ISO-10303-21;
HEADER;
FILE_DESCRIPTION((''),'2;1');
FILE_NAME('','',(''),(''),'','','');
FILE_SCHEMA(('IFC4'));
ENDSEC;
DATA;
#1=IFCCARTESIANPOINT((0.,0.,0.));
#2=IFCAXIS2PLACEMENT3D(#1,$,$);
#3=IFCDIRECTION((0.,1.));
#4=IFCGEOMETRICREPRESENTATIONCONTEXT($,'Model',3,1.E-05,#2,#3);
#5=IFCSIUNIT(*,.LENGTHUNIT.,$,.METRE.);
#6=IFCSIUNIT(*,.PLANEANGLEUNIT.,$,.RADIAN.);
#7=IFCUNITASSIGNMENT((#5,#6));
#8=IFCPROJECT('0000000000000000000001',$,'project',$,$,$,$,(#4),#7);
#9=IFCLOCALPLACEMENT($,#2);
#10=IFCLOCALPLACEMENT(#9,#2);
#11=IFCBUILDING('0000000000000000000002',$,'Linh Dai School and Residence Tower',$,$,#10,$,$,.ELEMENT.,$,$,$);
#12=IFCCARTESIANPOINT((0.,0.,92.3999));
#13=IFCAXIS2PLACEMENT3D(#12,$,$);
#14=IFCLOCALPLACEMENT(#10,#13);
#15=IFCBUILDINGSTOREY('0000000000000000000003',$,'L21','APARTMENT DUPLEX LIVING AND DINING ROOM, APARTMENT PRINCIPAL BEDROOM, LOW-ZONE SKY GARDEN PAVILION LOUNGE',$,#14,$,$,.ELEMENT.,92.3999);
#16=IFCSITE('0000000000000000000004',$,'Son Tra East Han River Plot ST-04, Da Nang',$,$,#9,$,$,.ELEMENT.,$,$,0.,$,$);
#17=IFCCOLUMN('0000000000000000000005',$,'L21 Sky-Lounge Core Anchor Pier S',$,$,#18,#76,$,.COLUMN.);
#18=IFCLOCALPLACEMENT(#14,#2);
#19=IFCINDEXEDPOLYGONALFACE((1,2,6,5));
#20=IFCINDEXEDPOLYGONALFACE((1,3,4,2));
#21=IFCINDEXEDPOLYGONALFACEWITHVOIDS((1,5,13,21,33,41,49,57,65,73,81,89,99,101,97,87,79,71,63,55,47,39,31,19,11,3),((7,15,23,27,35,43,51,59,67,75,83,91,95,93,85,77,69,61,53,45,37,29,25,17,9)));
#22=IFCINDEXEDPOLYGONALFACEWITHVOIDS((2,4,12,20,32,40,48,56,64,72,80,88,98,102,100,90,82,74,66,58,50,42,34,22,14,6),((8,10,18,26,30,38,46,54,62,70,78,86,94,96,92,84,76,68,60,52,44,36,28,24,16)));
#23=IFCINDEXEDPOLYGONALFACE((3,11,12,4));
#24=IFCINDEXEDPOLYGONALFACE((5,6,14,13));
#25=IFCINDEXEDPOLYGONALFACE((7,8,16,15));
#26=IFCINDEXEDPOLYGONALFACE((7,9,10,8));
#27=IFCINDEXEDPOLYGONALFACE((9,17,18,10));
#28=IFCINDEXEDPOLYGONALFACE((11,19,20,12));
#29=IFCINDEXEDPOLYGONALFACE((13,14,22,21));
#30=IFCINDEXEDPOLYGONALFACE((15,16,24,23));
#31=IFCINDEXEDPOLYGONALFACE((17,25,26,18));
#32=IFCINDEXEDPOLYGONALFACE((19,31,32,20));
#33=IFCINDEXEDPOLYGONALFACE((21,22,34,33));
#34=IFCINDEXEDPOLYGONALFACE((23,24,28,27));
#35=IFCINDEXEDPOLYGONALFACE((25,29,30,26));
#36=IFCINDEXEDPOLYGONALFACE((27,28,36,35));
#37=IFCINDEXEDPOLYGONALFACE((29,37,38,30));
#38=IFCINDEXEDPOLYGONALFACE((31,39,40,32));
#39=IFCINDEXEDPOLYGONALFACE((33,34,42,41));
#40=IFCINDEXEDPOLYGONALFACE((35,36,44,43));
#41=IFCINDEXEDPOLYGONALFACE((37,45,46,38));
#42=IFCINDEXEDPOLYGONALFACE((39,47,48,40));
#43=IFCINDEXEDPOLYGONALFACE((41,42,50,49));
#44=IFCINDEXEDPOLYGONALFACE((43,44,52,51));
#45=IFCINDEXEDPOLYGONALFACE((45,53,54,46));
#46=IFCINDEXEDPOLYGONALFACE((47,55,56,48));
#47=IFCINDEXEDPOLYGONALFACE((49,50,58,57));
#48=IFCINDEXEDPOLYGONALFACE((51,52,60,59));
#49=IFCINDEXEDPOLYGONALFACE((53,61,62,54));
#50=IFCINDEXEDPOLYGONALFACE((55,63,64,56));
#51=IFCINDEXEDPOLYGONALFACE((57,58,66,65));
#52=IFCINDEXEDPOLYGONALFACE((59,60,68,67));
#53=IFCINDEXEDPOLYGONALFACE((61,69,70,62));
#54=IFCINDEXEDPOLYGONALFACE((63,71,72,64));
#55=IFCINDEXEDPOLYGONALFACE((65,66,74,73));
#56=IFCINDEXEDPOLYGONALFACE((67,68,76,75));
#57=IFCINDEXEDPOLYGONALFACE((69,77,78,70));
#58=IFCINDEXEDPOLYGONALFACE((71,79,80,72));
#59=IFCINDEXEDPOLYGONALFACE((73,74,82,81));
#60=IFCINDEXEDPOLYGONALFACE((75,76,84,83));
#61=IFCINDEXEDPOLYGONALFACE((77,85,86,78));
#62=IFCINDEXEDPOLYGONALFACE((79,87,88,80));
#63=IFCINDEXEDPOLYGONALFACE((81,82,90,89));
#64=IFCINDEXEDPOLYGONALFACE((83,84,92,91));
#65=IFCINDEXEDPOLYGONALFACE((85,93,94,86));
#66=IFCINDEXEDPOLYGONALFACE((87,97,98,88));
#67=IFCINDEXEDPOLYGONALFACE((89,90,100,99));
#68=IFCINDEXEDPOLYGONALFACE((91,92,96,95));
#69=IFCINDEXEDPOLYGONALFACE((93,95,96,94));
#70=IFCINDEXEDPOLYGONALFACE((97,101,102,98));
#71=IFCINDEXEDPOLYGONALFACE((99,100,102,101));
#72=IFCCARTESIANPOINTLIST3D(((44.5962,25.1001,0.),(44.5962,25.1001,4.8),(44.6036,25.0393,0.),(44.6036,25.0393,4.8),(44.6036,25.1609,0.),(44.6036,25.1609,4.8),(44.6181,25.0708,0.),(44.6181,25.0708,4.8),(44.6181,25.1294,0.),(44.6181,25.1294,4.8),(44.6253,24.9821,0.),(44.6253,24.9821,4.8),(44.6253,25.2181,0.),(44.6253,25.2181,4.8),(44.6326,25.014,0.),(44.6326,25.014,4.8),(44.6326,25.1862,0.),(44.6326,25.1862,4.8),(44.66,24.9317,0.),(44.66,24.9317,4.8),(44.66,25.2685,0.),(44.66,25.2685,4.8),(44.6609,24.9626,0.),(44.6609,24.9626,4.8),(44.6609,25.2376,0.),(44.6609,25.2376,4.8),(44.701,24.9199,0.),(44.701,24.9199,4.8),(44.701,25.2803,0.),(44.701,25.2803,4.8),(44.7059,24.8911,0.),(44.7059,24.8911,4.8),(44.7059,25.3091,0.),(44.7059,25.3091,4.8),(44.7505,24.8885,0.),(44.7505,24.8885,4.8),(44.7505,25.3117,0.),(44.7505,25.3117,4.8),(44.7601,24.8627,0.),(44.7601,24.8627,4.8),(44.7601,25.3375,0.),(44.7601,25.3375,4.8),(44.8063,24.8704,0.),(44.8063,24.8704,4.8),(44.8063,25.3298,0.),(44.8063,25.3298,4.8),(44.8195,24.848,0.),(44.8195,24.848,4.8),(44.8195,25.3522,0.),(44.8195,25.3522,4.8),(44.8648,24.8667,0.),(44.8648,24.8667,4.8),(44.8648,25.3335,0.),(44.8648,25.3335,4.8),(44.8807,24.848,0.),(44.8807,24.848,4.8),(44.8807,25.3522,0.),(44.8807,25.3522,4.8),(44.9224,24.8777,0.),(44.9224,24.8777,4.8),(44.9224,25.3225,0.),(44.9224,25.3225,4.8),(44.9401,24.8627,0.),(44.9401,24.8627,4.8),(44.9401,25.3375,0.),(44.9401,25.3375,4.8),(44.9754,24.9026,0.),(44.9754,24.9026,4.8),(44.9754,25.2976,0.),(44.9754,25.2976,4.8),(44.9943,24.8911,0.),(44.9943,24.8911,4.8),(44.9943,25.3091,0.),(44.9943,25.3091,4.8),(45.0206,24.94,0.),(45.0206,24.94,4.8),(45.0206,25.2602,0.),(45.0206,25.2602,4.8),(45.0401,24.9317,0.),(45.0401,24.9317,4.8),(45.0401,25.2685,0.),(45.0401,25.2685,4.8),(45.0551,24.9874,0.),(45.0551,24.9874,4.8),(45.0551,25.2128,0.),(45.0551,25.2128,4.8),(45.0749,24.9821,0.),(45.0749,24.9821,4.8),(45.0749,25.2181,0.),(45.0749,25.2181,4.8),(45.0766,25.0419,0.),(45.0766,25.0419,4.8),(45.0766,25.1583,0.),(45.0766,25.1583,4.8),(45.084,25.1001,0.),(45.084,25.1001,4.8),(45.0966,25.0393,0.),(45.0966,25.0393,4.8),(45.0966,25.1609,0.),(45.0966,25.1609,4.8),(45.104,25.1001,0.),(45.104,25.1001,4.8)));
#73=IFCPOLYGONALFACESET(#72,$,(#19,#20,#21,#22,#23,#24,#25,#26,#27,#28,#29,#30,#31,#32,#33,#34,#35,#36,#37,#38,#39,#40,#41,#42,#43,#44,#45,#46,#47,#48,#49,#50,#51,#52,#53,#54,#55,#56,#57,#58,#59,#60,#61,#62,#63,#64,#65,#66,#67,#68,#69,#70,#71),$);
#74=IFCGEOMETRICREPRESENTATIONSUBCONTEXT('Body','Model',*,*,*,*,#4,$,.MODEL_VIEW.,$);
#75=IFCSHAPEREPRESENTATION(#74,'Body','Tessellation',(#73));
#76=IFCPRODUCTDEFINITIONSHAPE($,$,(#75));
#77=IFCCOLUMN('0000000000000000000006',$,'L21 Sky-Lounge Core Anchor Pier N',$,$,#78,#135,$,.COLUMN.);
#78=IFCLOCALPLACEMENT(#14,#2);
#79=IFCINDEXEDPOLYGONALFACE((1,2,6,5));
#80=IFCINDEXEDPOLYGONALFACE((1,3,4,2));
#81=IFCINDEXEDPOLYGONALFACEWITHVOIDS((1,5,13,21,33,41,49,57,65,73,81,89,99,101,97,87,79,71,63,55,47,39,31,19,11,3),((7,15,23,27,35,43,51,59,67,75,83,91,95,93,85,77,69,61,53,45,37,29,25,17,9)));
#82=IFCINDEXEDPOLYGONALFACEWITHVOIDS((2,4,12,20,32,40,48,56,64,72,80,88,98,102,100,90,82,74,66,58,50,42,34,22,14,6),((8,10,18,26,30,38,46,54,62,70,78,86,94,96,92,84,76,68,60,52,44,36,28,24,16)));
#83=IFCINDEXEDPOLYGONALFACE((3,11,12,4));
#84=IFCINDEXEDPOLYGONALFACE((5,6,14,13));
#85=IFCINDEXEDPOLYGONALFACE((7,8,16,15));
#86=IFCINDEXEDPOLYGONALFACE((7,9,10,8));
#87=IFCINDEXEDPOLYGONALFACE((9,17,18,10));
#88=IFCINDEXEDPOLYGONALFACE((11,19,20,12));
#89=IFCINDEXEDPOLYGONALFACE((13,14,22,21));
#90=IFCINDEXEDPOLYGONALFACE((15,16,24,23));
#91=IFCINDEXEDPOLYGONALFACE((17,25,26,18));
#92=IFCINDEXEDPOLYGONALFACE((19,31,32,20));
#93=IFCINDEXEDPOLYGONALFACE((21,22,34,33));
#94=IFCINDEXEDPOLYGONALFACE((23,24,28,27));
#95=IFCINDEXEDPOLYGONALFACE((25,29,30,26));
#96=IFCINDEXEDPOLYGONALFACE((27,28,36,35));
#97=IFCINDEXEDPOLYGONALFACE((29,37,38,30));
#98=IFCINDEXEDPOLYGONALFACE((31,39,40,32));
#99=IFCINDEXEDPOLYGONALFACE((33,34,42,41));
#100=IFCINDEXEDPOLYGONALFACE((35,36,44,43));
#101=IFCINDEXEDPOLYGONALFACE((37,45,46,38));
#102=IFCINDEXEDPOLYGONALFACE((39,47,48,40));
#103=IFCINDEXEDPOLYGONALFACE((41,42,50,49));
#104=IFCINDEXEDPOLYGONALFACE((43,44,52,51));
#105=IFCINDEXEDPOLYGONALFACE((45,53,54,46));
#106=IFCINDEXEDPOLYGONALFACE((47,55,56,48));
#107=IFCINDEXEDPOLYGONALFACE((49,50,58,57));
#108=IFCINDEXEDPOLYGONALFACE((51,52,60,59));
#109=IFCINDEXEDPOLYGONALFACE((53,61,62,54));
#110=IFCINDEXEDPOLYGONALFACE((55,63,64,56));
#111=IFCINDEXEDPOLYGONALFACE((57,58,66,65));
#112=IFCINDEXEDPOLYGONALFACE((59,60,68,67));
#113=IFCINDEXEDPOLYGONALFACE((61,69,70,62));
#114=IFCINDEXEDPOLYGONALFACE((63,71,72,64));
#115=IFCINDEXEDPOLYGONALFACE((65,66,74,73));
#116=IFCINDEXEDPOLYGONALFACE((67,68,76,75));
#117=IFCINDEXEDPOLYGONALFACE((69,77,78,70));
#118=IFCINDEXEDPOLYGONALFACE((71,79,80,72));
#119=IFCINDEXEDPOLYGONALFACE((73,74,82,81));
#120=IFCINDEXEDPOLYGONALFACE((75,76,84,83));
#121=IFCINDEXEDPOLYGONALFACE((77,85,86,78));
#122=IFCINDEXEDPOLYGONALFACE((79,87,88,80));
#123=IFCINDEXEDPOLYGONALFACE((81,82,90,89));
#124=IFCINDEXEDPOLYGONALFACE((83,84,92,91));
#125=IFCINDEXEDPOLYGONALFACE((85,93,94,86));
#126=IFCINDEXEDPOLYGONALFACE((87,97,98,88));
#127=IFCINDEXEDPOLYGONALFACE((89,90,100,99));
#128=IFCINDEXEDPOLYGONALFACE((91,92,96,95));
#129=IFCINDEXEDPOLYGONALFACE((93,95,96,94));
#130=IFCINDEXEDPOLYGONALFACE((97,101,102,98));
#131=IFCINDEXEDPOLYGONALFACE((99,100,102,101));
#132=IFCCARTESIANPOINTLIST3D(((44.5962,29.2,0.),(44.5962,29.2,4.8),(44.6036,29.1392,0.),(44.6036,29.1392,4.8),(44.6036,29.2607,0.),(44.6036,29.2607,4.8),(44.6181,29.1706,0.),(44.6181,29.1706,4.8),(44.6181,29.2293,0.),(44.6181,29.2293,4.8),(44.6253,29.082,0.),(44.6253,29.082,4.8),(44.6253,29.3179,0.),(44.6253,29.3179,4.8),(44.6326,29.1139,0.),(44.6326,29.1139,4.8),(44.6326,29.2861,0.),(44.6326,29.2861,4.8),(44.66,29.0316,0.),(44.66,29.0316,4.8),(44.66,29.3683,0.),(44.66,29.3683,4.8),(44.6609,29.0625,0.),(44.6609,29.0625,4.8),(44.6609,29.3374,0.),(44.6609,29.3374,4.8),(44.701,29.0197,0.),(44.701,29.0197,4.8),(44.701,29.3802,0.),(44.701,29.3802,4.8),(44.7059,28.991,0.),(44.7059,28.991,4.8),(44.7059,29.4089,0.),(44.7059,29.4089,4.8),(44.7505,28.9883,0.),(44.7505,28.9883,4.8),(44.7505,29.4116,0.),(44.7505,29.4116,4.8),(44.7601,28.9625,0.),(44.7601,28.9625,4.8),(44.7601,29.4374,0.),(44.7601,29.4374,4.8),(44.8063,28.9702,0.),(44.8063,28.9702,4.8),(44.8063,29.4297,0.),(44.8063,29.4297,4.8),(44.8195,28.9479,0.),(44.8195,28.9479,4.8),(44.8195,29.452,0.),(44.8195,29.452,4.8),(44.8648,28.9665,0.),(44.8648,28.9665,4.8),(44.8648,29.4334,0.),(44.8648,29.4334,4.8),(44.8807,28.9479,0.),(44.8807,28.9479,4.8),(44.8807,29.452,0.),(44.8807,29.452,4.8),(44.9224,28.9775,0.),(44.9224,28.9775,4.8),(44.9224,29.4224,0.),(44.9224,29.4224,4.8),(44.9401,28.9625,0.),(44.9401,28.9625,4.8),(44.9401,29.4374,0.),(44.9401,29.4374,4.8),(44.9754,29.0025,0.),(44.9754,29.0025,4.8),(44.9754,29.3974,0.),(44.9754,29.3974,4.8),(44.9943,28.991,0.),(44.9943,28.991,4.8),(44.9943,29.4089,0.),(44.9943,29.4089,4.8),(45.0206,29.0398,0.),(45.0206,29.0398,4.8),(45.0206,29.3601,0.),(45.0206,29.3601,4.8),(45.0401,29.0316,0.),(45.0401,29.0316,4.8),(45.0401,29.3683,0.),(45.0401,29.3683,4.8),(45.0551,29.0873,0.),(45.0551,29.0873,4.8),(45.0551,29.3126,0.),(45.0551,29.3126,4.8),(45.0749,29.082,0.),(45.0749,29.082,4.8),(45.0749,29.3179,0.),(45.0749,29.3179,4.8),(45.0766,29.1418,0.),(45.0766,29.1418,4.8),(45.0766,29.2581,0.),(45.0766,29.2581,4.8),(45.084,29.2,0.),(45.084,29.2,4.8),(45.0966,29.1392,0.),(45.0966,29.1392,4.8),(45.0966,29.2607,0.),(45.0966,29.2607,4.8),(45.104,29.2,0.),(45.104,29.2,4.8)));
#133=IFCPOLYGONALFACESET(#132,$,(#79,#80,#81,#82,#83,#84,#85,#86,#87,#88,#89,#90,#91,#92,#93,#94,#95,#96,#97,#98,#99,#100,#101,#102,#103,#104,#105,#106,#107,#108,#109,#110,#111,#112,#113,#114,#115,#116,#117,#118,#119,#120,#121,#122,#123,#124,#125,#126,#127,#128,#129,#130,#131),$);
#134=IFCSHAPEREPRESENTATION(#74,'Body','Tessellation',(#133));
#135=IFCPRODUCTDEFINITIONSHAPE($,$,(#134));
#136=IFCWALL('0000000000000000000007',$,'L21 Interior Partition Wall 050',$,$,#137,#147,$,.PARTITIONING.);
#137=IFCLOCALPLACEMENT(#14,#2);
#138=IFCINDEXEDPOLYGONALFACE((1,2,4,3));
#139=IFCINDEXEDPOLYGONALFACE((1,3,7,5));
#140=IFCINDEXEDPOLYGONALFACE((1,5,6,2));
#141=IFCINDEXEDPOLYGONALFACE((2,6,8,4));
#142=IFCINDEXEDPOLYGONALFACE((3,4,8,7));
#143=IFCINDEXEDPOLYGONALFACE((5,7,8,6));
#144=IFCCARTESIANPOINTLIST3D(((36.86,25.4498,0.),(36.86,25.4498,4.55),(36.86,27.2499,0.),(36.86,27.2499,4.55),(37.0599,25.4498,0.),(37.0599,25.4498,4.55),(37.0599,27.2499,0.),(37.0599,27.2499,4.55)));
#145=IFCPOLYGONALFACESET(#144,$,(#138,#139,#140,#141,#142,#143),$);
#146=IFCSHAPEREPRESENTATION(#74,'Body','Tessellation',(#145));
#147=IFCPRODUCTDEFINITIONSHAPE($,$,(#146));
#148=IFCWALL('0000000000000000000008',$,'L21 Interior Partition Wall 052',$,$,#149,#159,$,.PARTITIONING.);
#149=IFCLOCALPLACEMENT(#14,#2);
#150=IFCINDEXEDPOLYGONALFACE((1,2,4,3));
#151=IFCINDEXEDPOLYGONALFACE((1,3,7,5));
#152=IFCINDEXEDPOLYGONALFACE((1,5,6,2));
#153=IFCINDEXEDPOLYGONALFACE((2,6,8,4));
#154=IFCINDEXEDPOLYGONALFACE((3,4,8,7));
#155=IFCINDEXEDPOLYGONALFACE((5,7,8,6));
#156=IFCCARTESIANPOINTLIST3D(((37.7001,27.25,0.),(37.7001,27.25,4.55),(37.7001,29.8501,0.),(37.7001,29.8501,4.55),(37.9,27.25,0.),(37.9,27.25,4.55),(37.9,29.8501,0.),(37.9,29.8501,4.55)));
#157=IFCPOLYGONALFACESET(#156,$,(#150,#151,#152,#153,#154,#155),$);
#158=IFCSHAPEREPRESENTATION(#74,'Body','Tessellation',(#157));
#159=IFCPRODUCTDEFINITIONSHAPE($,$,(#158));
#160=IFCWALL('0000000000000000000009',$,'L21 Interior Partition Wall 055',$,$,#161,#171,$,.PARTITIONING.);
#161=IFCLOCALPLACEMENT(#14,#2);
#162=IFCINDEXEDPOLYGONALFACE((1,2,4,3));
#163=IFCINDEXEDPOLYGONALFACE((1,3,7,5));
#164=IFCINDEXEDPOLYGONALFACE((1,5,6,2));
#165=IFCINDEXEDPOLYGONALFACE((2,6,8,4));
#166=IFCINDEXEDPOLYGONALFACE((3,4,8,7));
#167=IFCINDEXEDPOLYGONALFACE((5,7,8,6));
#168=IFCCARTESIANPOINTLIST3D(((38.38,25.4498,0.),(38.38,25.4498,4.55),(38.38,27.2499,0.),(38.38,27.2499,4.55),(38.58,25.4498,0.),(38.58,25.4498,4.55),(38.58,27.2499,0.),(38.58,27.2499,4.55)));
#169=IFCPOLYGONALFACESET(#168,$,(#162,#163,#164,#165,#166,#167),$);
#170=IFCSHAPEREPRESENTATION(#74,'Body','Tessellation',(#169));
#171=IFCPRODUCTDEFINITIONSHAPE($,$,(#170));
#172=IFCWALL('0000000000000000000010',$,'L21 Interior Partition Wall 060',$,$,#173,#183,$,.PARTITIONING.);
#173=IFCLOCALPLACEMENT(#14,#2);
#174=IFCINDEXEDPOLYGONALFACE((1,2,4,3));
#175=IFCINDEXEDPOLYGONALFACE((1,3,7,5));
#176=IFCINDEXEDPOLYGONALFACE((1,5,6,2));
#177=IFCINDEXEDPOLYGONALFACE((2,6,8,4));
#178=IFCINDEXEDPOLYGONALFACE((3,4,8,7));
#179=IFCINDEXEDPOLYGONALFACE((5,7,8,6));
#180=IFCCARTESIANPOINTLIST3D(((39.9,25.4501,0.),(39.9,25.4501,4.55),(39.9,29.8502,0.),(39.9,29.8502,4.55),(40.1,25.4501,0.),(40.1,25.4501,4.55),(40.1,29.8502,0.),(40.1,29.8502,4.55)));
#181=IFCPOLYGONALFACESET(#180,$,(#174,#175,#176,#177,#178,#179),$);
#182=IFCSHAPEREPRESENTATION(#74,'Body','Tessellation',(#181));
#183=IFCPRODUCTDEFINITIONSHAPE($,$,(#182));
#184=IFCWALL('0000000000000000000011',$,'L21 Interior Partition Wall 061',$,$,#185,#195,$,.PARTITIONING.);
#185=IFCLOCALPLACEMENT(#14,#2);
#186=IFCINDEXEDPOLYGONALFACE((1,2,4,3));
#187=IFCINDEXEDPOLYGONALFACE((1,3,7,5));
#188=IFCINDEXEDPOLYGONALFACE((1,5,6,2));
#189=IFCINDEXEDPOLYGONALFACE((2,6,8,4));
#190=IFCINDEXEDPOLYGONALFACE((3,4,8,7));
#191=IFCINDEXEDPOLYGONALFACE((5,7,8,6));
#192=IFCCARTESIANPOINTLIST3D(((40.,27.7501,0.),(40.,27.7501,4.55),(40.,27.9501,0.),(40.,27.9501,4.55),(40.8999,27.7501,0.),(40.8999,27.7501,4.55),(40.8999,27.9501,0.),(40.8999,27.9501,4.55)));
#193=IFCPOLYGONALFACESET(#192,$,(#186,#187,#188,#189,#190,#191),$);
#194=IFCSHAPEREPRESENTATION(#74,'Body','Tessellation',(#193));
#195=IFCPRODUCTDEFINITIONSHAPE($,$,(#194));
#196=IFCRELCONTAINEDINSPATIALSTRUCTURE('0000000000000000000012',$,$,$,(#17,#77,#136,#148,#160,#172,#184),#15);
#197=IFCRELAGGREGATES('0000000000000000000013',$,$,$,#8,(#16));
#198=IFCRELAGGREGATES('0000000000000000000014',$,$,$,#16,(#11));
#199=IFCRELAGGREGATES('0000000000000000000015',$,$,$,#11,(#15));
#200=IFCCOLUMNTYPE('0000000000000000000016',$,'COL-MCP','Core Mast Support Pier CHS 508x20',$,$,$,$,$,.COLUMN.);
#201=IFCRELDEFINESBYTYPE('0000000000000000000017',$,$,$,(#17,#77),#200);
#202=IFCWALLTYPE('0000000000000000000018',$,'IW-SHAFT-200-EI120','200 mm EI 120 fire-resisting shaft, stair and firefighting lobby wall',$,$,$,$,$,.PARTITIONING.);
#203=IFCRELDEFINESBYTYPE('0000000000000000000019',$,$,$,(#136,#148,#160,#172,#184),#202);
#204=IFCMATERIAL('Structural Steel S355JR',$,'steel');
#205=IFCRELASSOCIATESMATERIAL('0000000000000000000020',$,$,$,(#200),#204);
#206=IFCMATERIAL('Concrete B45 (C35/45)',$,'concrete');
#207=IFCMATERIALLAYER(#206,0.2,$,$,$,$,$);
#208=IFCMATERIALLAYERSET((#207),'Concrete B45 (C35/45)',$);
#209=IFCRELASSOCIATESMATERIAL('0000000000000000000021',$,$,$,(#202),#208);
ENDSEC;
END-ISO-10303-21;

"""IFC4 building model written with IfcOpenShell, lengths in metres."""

from ifc_helpers import new_model, si_unit, direction, frame, frame_2d, origin, origin_2d, place, context, subcontext, project, spatial, rectangle, hollow_circle, extrude, material, layer, layer_set, material_profile, profile_set, type_object, element, save


model = new_model("IFC4")

# Units and contexts
model_context = context("Model", 3, precision=1e-05, world=origin(), true_north=direction((0.0, 1.0)))
body_context = subcontext(model_context, "Body", "Model", "MODEL_VIEW")
ifc_project = project(units=[si_unit("LENGTHUNIT", "METRE"), si_unit("PLANEANGLEUNIT", "RADIAN")], contexts=[model_context])

# Site, building, storey
site_placement = place(None, origin())
site = spatial("IfcSite", under=ifc_project, at=site_placement, Name="Son Tra East Han River Plot ST-04, Da Nang", CompositionType="ELEMENT", RefElevation=0.0)
building_placement = place(site_placement, origin())
building = spatial("IfcBuilding", under=site, at=building_placement, Name="Linh Dai School and Residence Tower", CompositionType="ELEMENT")
storey_placement = place(building_placement, frame((0.0, 0.0, 92.3999)))
storey = spatial("IfcBuildingStorey", under=building, at=storey_placement, Name="L21", Description="APARTMENT DUPLEX LIVING AND DINING ROOM, APARTMENT PRINCIPAL BEDROOM, LOW-ZONE SKY GARDEN PAVILION LOUNGE", CompositionType="ELEMENT", Elevation=92.3999)

# Columns
ifc_material_1 = material(Name="Structural Steel S355JR", Category="steel")
ifc_material_profile_1 = material_profile(ifc_material_1, hollow_circle(Radius=0.2539, WallThickness=0.02, at=origin_2d()), Name="CHS 508x20")
ifc_profile_set_1 = profile_set([ifc_material_profile_1], Name="Structural Steel S355JR")
column_type_1 = type_object("IfcColumnType", Name="COL-MCP", Description="Core Mast Support Pier CHS 508x20", PredefinedType="COLUMN", material=ifc_profile_set_1)
for number, where, z_axis, x_axis, name in (
    (1, (44.8501, 25.1001, 0.0), (0.0, 0.0, 1.0), (1.0, 0.0, 0.0), "L21 Sky-Lounge Core Anchor Pier S"),
    (2, (44.8501, 29.2, 0.0), (0.0, 0.0, 1.0), (1.0, 0.0, 0.0), "L21 Sky-Lounge Core Anchor Pier N"),
):
    element("IfcColumn", number, at=place(storey_placement, frame(where, z_axis=z_axis, x_axis=x_axis)), inside=storey, type_object=column_type_1, Name=name, PredefinedType="COLUMN", context=body_context, shape_type="SweptSolid", body=[
        extrude(hollow_circle(Radius=0.2539, WallThickness=0.02, at=origin_2d()), origin(), (0.0, 0.0, 1.0), 4.8),
    ])

# Walls
ifc_material_2 = material(Name="Concrete B45 (C35/45)", Category="concrete")
ifc_layer_1 = layer(ifc_material_2, 0.2)
ifc_layer_set_1 = layer_set([ifc_layer_1], Name="Concrete B45 (C35/45)")
wall_type_1 = type_object("IfcWallType", Name="IW-SHAFT-200-EI120", Description="200 mm EI 120 fire-resisting shaft, stair and firefighting lobby wall", PredefinedType="PARTITIONING", material=ifc_layer_set_1)
wall_1_placement = place(storey_placement, frame((36.96, 25.45, 0.0), z_axis=(0.0, 0.0, 1.0), x_axis=(0.0, 1.0, 0.0)))
element("IfcWall", 3, at=wall_1_placement, inside=storey, type_object=wall_type_1, Name="L21 Interior Partition Wall 050", PredefinedType="PARTITIONING", context=body_context, shape_type="SweptSolid", body=[
    extrude(rectangle(XDim=1.8, YDim=0.2, at=frame_2d((0.8999, 0.0))), origin(), (0.0, 0.0, 1.0), 4.55),
])
wall_2_placement = place(storey_placement, frame((37.8, 27.25, 0.0), z_axis=(0.0, 0.0, 1.0), x_axis=(0.0, 1.0, 0.0)))
element("IfcWall", 4, at=wall_2_placement, inside=storey, type_object=wall_type_1, Name="L21 Interior Partition Wall 052", PredefinedType="PARTITIONING", context=body_context, shape_type="SweptSolid", body=[
    extrude(rectangle(XDim=2.6001, YDim=0.2, at=frame_2d((1.3, 0.0))), origin(), (0.0, 0.0, 1.0), 4.55),
])
wall_3_placement = place(storey_placement, frame((38.48, 25.45, 0.0), z_axis=(0.0, 0.0, 1.0), x_axis=(0.0, 1.0, 0.0)))
element("IfcWall", 5, at=wall_3_placement, inside=storey, type_object=wall_type_1, Name="L21 Interior Partition Wall 055", PredefinedType="PARTITIONING", context=body_context, shape_type="SweptSolid", body=[
    extrude(rectangle(XDim=1.8, YDim=0.2, at=frame_2d((0.8999, 0.0))), origin(), (0.0, 0.0, 1.0), 4.55),
])
wall_4_placement = place(storey_placement, frame((40.0, 25.45, 0.0), z_axis=(0.0, 0.0, 1.0), x_axis=(0.0, 1.0, 0.0)))
element("IfcWall", 6, at=wall_4_placement, inside=storey, type_object=wall_type_1, Name="L21 Interior Partition Wall 060", PredefinedType="PARTITIONING", context=body_context, shape_type="SweptSolid", body=[
    extrude(rectangle(XDim=4.4001, YDim=0.2, at=frame_2d((2.2002, 0.0))), origin(), (0.0, 0.0, 1.0), 4.55),
])
wall_5_placement = place(storey_placement, frame((40.0, 27.8501, 0.0), z_axis=(0.0, 0.0, 1.0), x_axis=(1.0, 0.0, 0.0)))
element("IfcWall", 7, at=wall_5_placement, inside=storey, type_object=wall_type_1, Name="L21 Interior Partition Wall 061", PredefinedType="PARTITIONING", context=body_context, shape_type="SweptSolid", body=[
    extrude(rectangle(XDim=0.8999, YDim=0.2, at=frame_2d((0.45, 0.0))), origin(), (0.0, 0.0, 1.0), 4.55),
])

save(model, "model.ifc")
